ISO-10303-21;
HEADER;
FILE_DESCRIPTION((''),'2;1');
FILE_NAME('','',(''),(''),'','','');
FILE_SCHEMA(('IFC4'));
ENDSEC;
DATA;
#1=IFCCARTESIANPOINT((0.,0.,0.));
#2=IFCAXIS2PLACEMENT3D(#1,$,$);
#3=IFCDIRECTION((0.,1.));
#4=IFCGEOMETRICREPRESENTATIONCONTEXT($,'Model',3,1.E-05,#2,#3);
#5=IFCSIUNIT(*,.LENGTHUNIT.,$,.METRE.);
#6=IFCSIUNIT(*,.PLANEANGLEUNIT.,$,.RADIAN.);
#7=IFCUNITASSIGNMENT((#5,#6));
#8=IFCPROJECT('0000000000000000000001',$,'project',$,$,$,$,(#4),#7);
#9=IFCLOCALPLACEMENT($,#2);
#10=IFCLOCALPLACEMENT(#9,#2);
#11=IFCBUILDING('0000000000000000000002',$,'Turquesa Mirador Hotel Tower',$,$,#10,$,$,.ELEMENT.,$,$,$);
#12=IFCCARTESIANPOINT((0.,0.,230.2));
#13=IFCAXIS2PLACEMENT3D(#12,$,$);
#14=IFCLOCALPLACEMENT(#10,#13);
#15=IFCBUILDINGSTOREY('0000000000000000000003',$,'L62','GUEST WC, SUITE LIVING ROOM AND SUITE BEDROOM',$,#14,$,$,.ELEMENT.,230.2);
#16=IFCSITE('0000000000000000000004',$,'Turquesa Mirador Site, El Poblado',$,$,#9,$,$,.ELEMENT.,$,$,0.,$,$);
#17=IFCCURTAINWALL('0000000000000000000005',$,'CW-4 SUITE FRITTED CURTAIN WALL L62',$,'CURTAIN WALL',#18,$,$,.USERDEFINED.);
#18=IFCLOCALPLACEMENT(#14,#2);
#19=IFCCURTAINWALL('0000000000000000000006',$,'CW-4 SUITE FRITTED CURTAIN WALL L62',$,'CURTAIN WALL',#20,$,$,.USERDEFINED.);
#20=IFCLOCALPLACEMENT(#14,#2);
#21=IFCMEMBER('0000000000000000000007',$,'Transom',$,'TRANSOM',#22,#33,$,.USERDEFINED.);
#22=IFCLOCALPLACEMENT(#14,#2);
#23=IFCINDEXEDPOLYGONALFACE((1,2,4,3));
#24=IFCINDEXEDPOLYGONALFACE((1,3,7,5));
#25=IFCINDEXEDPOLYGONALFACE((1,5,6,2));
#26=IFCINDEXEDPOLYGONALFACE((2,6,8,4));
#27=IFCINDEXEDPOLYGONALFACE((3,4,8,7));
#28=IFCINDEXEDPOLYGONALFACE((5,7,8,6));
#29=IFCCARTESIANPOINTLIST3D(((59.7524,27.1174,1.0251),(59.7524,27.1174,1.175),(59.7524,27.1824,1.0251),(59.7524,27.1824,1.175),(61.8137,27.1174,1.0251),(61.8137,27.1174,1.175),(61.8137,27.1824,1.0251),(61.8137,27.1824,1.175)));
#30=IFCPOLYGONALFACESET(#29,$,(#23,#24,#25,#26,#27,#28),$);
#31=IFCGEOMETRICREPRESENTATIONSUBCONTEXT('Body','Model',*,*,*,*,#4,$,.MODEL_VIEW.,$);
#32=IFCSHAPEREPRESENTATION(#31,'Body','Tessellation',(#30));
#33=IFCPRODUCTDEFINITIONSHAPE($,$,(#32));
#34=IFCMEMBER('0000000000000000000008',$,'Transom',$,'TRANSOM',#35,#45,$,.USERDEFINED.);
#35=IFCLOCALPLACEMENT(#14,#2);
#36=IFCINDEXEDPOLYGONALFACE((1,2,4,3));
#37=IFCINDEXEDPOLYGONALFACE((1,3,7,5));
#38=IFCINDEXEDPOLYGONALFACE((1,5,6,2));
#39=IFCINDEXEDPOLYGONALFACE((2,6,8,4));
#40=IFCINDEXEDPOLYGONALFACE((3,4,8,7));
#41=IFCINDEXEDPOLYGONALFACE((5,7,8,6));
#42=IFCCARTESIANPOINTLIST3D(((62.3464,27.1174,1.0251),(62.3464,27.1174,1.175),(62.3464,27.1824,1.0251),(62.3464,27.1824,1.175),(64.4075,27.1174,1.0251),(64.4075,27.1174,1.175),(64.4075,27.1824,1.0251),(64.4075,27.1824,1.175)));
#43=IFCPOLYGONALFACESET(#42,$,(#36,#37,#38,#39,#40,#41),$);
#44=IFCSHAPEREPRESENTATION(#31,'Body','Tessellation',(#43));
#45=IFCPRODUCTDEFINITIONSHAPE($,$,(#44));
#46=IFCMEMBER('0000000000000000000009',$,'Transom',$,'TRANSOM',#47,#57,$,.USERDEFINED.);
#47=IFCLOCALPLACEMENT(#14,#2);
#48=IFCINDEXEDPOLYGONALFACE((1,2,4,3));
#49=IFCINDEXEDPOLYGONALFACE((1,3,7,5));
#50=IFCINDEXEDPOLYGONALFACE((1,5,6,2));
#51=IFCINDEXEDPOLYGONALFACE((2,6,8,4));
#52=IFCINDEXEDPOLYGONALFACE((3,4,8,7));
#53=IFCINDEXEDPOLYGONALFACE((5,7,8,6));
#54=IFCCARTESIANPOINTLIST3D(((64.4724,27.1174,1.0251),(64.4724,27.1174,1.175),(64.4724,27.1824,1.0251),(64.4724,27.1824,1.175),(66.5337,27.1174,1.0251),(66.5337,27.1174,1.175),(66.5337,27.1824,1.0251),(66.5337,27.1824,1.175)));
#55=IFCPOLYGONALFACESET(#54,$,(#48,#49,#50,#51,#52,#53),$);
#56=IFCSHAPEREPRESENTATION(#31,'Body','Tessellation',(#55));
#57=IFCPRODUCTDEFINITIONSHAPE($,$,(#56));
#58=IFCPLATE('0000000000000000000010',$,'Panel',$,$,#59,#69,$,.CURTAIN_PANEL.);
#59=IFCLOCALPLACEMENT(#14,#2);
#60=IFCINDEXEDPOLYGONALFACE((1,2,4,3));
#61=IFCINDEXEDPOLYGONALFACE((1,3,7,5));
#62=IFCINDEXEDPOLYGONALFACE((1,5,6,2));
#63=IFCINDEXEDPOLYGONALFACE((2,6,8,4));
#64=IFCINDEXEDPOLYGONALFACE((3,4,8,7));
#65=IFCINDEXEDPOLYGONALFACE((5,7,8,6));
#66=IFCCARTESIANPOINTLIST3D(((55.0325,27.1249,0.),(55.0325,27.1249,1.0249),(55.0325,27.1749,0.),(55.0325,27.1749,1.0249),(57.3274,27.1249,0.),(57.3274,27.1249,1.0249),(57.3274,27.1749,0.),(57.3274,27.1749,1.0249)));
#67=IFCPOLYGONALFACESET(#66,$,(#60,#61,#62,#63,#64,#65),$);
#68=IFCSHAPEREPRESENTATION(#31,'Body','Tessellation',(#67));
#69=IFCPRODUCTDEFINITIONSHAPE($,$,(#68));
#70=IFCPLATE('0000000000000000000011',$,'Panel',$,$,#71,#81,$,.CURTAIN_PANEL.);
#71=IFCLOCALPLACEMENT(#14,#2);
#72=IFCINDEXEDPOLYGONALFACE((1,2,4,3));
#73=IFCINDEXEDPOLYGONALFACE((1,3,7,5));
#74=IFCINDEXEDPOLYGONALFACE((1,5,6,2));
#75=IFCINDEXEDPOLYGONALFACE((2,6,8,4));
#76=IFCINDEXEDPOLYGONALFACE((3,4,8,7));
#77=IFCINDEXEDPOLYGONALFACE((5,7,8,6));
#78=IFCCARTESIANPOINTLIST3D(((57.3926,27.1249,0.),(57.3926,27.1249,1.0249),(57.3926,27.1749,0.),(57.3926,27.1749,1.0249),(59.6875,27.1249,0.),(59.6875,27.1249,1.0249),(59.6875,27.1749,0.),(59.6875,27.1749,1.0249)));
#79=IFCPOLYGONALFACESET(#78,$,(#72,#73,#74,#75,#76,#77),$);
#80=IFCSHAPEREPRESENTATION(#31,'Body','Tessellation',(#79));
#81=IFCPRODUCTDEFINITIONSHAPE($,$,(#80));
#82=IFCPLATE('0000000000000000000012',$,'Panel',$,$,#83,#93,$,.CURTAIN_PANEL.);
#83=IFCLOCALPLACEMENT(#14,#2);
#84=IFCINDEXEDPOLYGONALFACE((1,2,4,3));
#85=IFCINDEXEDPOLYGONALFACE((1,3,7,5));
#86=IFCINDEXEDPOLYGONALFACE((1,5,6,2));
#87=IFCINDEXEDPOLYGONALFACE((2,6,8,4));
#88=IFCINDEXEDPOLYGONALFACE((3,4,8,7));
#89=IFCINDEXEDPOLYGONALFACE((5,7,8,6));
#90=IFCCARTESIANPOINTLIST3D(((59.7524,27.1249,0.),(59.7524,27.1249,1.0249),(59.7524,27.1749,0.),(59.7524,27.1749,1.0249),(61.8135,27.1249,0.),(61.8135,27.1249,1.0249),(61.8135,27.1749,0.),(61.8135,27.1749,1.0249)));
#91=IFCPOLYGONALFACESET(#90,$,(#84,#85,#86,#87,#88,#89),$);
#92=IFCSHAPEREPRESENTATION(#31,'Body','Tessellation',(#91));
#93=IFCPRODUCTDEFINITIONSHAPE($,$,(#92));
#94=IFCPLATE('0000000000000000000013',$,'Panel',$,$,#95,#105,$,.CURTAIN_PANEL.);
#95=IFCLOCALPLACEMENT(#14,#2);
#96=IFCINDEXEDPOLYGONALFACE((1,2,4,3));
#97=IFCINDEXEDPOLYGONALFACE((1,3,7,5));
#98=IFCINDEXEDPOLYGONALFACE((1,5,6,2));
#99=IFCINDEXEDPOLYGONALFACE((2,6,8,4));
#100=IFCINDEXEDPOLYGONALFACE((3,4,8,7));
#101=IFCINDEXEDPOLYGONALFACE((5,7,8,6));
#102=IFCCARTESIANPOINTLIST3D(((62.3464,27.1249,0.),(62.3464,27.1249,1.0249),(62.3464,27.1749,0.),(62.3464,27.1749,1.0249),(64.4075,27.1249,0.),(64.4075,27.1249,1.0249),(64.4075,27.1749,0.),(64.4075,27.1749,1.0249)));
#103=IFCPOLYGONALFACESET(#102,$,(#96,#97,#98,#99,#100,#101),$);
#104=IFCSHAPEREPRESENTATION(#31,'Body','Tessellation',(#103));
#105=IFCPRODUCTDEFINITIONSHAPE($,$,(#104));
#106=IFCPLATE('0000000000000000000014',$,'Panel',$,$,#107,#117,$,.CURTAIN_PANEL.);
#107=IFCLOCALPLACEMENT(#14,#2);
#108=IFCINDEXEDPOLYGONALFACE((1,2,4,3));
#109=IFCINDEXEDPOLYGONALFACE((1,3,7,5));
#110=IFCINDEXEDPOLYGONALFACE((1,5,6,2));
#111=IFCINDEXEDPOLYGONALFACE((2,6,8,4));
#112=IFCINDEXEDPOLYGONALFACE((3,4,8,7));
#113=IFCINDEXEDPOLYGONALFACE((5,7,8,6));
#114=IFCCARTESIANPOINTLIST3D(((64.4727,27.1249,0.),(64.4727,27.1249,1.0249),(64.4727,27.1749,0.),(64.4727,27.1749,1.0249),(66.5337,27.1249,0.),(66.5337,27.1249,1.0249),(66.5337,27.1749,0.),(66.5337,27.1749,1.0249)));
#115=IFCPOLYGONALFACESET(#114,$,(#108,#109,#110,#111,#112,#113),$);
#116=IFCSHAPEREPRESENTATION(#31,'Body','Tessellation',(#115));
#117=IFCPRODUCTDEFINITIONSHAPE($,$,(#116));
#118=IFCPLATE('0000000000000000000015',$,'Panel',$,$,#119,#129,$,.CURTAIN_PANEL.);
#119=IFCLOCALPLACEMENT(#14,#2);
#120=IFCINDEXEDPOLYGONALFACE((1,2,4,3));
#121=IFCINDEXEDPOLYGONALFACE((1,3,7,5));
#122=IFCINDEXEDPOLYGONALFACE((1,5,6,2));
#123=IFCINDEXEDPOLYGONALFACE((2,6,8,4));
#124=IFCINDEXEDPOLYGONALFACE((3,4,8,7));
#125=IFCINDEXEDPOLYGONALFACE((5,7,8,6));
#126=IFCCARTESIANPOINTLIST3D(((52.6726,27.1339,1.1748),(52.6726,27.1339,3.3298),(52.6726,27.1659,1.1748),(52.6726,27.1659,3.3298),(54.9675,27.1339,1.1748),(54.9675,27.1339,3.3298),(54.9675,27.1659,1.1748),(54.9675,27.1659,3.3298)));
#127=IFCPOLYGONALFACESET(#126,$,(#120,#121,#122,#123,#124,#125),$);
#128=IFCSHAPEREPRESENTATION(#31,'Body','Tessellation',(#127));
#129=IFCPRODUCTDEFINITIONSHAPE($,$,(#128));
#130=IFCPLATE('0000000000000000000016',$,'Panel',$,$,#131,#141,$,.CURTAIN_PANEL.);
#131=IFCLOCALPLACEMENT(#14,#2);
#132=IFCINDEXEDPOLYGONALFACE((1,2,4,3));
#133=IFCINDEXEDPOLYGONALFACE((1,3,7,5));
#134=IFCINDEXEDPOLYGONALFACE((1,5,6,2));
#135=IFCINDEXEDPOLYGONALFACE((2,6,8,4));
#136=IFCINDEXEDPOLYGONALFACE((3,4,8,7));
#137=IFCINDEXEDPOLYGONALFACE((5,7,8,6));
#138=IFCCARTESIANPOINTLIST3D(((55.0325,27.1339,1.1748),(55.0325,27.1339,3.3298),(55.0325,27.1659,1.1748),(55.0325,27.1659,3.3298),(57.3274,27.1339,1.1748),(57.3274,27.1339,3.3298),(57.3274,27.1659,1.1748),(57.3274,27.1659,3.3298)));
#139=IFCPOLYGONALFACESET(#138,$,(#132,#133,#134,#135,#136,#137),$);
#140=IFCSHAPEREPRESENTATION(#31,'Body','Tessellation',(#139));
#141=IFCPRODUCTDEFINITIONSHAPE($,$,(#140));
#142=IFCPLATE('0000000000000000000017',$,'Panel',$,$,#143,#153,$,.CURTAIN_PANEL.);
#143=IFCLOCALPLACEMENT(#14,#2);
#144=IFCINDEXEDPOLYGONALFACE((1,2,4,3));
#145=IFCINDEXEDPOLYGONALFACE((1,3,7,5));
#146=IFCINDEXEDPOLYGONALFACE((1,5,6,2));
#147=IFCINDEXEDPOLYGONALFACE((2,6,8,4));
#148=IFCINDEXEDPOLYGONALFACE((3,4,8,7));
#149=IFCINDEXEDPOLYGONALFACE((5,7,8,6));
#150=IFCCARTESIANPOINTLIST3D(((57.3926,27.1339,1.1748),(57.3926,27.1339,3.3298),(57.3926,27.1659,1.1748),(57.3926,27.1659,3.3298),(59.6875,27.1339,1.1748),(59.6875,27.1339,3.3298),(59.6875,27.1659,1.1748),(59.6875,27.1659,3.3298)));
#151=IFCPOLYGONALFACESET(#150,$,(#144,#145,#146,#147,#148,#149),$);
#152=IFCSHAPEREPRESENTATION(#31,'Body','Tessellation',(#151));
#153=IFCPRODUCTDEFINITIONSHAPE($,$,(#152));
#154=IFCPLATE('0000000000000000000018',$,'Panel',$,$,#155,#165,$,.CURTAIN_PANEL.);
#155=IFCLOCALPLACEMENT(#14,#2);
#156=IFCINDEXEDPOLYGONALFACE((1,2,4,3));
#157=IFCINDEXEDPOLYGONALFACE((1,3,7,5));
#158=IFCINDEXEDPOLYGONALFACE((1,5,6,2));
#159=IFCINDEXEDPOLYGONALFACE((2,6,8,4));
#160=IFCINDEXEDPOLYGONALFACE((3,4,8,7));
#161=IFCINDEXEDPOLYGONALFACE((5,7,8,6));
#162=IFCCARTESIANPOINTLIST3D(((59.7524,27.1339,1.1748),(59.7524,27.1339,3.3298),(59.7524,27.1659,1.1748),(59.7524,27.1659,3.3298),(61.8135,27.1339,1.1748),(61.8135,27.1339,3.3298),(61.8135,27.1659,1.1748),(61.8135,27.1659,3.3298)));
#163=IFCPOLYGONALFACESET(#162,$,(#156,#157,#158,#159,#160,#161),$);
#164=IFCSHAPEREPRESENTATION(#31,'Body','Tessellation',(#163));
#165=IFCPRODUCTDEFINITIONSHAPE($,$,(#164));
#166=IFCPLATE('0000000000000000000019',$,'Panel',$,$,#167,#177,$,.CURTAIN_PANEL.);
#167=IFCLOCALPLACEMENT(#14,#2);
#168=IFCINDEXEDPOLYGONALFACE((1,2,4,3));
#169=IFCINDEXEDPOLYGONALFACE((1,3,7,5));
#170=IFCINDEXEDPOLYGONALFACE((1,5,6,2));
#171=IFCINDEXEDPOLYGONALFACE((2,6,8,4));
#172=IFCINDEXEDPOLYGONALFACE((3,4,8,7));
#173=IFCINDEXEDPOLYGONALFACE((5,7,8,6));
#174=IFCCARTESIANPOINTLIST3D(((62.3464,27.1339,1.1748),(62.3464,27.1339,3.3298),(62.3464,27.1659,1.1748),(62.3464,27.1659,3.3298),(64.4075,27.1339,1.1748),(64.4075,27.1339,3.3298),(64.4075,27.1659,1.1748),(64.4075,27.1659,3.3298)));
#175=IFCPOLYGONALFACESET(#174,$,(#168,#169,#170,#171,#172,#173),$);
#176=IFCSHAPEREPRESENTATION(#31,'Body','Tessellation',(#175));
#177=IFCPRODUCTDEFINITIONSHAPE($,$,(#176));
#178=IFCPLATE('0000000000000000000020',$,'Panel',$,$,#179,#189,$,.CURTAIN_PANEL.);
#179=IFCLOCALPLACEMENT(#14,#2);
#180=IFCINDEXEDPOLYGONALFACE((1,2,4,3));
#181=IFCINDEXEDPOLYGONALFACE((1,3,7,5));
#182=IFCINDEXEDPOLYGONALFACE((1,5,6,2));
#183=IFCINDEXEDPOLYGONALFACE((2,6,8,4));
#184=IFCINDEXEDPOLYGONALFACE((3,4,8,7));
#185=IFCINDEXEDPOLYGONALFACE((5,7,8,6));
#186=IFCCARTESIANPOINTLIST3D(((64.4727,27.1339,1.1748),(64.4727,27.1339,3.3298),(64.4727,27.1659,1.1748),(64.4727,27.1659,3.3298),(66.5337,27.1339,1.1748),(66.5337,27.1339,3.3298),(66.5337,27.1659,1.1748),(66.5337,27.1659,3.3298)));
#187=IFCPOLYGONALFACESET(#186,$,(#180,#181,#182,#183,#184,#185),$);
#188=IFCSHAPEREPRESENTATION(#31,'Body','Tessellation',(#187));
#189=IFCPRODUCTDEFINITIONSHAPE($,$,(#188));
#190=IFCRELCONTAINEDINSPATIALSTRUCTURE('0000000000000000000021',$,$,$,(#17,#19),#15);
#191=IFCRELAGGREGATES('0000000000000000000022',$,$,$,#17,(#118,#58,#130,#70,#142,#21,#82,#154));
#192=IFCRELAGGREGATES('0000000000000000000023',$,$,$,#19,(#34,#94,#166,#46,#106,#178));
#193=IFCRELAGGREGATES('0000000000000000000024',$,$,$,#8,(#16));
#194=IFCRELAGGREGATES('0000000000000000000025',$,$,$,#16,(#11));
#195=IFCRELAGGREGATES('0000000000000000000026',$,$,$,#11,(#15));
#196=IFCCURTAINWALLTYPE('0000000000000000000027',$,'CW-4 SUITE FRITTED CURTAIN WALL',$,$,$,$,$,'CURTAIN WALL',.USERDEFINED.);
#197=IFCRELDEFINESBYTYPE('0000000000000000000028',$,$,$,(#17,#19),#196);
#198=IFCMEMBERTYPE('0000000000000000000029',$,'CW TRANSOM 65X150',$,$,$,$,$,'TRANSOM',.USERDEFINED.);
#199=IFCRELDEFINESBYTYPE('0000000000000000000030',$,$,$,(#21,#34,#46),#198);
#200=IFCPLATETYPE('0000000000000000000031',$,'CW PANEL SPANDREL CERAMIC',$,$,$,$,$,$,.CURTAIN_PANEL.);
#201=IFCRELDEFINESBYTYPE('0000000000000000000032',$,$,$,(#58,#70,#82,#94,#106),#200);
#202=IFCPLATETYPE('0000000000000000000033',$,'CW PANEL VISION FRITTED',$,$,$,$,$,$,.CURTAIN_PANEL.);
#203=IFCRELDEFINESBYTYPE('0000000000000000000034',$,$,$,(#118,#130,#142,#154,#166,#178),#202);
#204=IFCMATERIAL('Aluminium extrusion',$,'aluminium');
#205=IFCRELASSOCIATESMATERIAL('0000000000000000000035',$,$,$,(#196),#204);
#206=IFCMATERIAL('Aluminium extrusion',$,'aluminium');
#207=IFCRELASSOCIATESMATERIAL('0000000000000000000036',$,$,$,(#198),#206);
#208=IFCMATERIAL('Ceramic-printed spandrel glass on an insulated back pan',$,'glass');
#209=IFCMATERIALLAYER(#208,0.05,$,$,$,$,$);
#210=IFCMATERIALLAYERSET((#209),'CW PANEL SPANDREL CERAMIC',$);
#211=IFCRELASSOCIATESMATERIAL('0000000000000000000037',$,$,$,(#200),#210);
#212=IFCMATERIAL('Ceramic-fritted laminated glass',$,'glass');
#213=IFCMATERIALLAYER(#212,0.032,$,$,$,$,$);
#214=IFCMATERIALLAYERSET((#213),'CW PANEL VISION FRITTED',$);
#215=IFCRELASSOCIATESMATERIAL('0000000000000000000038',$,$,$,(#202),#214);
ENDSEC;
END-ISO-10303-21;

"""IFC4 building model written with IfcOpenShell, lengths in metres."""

from ifc_helpers import new_model, si_unit, direction, frame, origin, origin_2d, place, context, subcontext, project, spatial, rectangle, extrude, material, layer, layer_set, material_profile, profile_set, type_object, element, aggregate, save


model = new_model("IFC4")

# Units and contexts
model_context = context("Model", 3, precision=1e-05, world=origin(), true_north=direction((0.0, 1.0)))
body_context = subcontext(model_context, "Body", "Model", "MODEL_VIEW")
ifc_project = project(units=[si_unit("LENGTHUNIT", "METRE"), si_unit("PLANEANGLEUNIT", "RADIAN")], contexts=[model_context])

# Site, building, storey
site_placement = place(None, origin())
site = spatial("IfcSite", under=ifc_project, at=site_placement, Name="Turquesa Mirador Site, El Poblado", CompositionType="ELEMENT", RefElevation=0.0)
building_placement = place(site_placement, origin())
building = spatial("IfcBuilding", under=site, at=building_placement, Name="Turquesa Mirador Hotel Tower", CompositionType="ELEMENT")
storey_placement = place(building_placement, frame((0.0, 0.0, 230.2)))
storey = spatial("IfcBuildingStorey", under=building, at=storey_placement, Name="L62", Description="GUEST WC, SUITE LIVING ROOM AND SUITE BEDROOM", CompositionType="ELEMENT", Elevation=230.2)

# Curtain walls
ifc_material_1 = material(Name="Aluminium extrusion", Category="aluminium")
curtain_wall_type = type_object("IfcCurtainWallType", Name="CW-4 SUITE FRITTED CURTAIN WALL", ElementType="CURTAIN WALL", PredefinedType="USERDEFINED", material=ifc_material_1)
curtain_wall_1_placement = place(storey_placement, origin())
curtain_wall_1 = element("IfcCurtainWall", 1, at=curtain_wall_1_placement, inside=storey, type_object=curtain_wall_type, Name="CW-4 SUITE FRITTED CURTAIN WALL L62", ObjectType="CURTAIN WALL", PredefinedType="USERDEFINED")
curtain_wall_2_placement = place(storey_placement, origin())
curtain_wall_2 = element("IfcCurtainWall", 2, at=curtain_wall_2_placement, inside=storey, type_object=curtain_wall_type, Name="CW-4 SUITE FRITTED CURTAIN WALL L62", ObjectType="CURTAIN WALL", PredefinedType="USERDEFINED")

# Members
ifc_material_2 = material(Name="Aluminium extrusion", Category="aluminium")
ifc_material_profile_1 = material_profile(ifc_material_2, rectangle(XDim=0.0649, YDim=0.1499, at=origin_2d()), Name="TRANSOM 65X150")
ifc_profile_set_1 = profile_set([ifc_material_profile_1], Name="Aluminium extrusion")
member_type_1 = type_object("IfcMemberType", Name="CW TRANSOM 65X150", ElementType="TRANSOM", PredefinedType="USERDEFINED", material=ifc_profile_set_1)
member_1_placement = place(storey_placement, frame((59.7524, 27.1499, 1.1001), z_axis=(1.0, 0.0, 0.0), x_axis=(0.0, 1.0, 0.0)))
member_1 = element("IfcMember", 3, at=member_1_placement, type_object=member_type_1, Name="Transom", ObjectType="TRANSOM", PredefinedType="USERDEFINED", context=body_context, shape_type="SweptSolid", body=[
    extrude(rectangle(XDim=0.0649, YDim=0.1499, at=origin_2d()), origin(), (0.0, 0.0, 1.0), 2.0613),
])
member_2_placement = place(storey_placement, frame((62.3464, 27.1499, 1.1001), z_axis=(1.0, 0.0, 0.0), x_axis=(0.0, 1.0, 0.0)))
member_2 = element("IfcMember", 4, at=member_2_placement, type_object=member_type_1, Name="Transom", ObjectType="TRANSOM", PredefinedType="USERDEFINED", context=body_context, shape_type="SweptSolid", body=[
    extrude(rectangle(XDim=0.0649, YDim=0.1499, at=origin_2d()), origin(), (0.0, 0.0, 1.0), 2.061),
])
member_3_placement = place(storey_placement, frame((64.4724, 27.1499, 1.1001), z_axis=(1.0, 0.0, 0.0), x_axis=(0.0, 1.0, 0.0)))
member_3 = element("IfcMember", 5, at=member_3_placement, type_object=member_type_1, Name="Transom", ObjectType="TRANSOM", PredefinedType="USERDEFINED", context=body_context, shape_type="SweptSolid", body=[
    extrude(rectangle(XDim=0.0649, YDim=0.1499, at=origin_2d()), origin(), (0.0, 0.0, 1.0), 2.0613),
])

# Plates
ifc_material_3 = material(Name="Ceramic-printed spandrel glass on an insulated back pan", Category="glass")
ifc_layer_1 = layer(ifc_material_3, 0.05)
ifc_layer_set_1 = layer_set([ifc_layer_1], Name="CW PANEL SPANDREL CERAMIC")
plate_type_1 = type_object("IfcPlateType", Name="CW PANEL SPANDREL CERAMIC", PredefinedType="CURTAIN_PANEL", material=ifc_layer_set_1)
plate_1_placement = place(storey_placement, frame((56.1799, 27.1499, 0.0), z_axis=(0.0, 0.0, 1.0), x_axis=(1.0, 0.0, 0.0)))
plate_1 = element("IfcPlate", 6, at=plate_1_placement, type_object=plate_type_1, Name="Panel", PredefinedType="CURTAIN_PANEL", context=body_context, shape_type="SweptSolid", body=[
    extrude(rectangle(XDim=2.2949, YDim=0.05, at=origin_2d()), origin(), (0.0, 0.0, 1.0), 1.0249),
])
plate_2_placement = place(storey_placement, frame((58.54, 27.1499, 0.0), z_axis=(0.0, 0.0, 1.0), x_axis=(1.0, 0.0, 0.0)))
plate_2 = element("IfcPlate", 7, at=plate_2_placement, type_object=plate_type_1, Name="Panel", PredefinedType="CURTAIN_PANEL", context=body_context, shape_type="SweptSolid", body=[
    extrude(rectangle(XDim=2.2949, YDim=0.05, at=origin_2d()), origin(), (0.0, 0.0, 1.0), 1.0249),
])
plate_3_placement = place(storey_placement, frame((60.783, 27.1499, 0.0), z_axis=(0.0, 0.0, 1.0), x_axis=(1.0, 0.0, 0.0)))
plate_3 = element("IfcPlate", 8, at=plate_3_placement, type_object=plate_type_1, Name="Panel", PredefinedType="CURTAIN_PANEL", context=body_context, shape_type="SweptSolid", body=[
    extrude(rectangle(XDim=2.061, YDim=0.05, at=origin_2d()), origin(), (0.0, 0.0, 1.0), 1.0249),
])
plate_4_placement = place(storey_placement, frame((63.377, 27.1499, 0.0), z_axis=(0.0, 0.0, 1.0), x_axis=(1.0, 0.0, 0.0)))
plate_4 = element("IfcPlate", 9, at=plate_4_placement, type_object=plate_type_1, Name="Panel", PredefinedType="CURTAIN_PANEL", context=body_context, shape_type="SweptSolid", body=[
    extrude(rectangle(XDim=2.061, YDim=0.05, at=origin_2d()), origin(), (0.0, 0.0, 1.0), 1.0249),
])
plate_5_placement = place(storey_placement, frame((65.5032, 27.1499, 0.0), z_axis=(0.0, 0.0, 1.0), x_axis=(1.0, 0.0, 0.0)))
plate_5 = element("IfcPlate", 10, at=plate_5_placement, type_object=plate_type_1, Name="Panel", PredefinedType="CURTAIN_PANEL", context=body_context, shape_type="SweptSolid", body=[
    extrude(rectangle(XDim=2.061, YDim=0.05, at=origin_2d()), origin(), (0.0, 0.0, 1.0), 1.0249),
])
ifc_material_4 = material(Name="Ceramic-fritted laminated glass", Category="glass")
ifc_layer_2 = layer(ifc_material_4, 0.032)
ifc_layer_set_2 = layer_set([ifc_layer_2], Name="CW PANEL VISION FRITTED")
plate_type_2 = type_object("IfcPlateType", Name="CW PANEL VISION FRITTED", PredefinedType="CURTAIN_PANEL", material=ifc_layer_set_2)
plate_6_placement = place(storey_placement, frame((53.8201, 27.1499, 1.1748), z_axis=(0.0, 0.0, 1.0), x_axis=(1.0, 0.0, 0.0)))
plate_6 = element("IfcPlate", 11, at=plate_6_placement, type_object=plate_type_2, Name="Panel", PredefinedType="CURTAIN_PANEL", context=body_context, shape_type="SweptSolid", body=[
    extrude(rectangle(XDim=2.2949, YDim=0.032, at=origin_2d()), origin(), (0.0, 0.0, 1.0), 2.155),
])
plate_7_placement = place(storey_placement, frame((56.1799, 27.1499, 1.1748), z_axis=(0.0, 0.0, 1.0), x_axis=(1.0, 0.0, 0.0)))
plate_7 = element("IfcPlate", 12, at=plate_7_placement, type_object=plate_type_2, Name="Panel", PredefinedType="CURTAIN_PANEL", context=body_context, shape_type="SweptSolid", body=[
    extrude(rectangle(XDim=2.2949, YDim=0.032, at=origin_2d()), origin(), (0.0, 0.0, 1.0), 2.155),
])
plate_8_placement = place(storey_placement, frame((58.54, 27.1499, 1.1748), z_axis=(0.0, 0.0, 1.0), x_axis=(1.0, 0.0, 0.0)))
plate_8 = element("IfcPlate", 13, at=plate_8_placement, type_object=plate_type_2, Name="Panel", PredefinedType="CURTAIN_PANEL", context=body_context, shape_type="SweptSolid", body=[
    extrude(rectangle(XDim=2.2949, YDim=0.032, at=origin_2d()), origin(), (0.0, 0.0, 1.0), 2.155),
])
plate_9_placement = place(storey_placement, frame((60.783, 27.1499, 1.1748), z_axis=(0.0, 0.0, 1.0), x_axis=(1.0, 0.0, 0.0)))
plate_9 = element("IfcPlate", 14, at=plate_9_placement, type_object=plate_type_2, Name="Panel", PredefinedType="CURTAIN_PANEL", context=body_context, shape_type="SweptSolid", body=[
    extrude(rectangle(XDim=2.061, YDim=0.032, at=origin_2d()), origin(), (0.0, 0.0, 1.0), 2.155),
])
aggregate(curtain_wall_1, [plate_6, plate_1, plate_7, plate_2, plate_8, member_1, plate_3, plate_9])
plate_10_placement = place(storey_placement, frame((63.377, 27.1499, 1.1748), z_axis=(0.0, 0.0, 1.0), x_axis=(1.0, 0.0, 0.0)))
plate_10 = element("IfcPlate", 15, at=plate_10_placement, type_object=plate_type_2, Name="Panel", PredefinedType="CURTAIN_PANEL", context=body_context, shape_type="SweptSolid", body=[
    extrude(rectangle(XDim=2.061, YDim=0.032, at=origin_2d()), origin(), (0.0, 0.0, 1.0), 2.155),
])
plate_11_placement = place(storey_placement, frame((65.5032, 27.1499, 1.1748), z_axis=(0.0, 0.0, 1.0), x_axis=(1.0, 0.0, 0.0)))
plate_11 = element("IfcPlate", 16, at=plate_11_placement, type_object=plate_type_2, Name="Panel", PredefinedType="CURTAIN_PANEL", context=body_context, shape_type="SweptSolid", body=[
    extrude(rectangle(XDim=2.061, YDim=0.032, at=origin_2d()), origin(), (0.0, 0.0, 1.0), 2.155),
])
aggregate(curtain_wall_2, [member_2, plate_4, plate_10, member_3, plate_5, plate_11])

save(model, "model.ifc")
